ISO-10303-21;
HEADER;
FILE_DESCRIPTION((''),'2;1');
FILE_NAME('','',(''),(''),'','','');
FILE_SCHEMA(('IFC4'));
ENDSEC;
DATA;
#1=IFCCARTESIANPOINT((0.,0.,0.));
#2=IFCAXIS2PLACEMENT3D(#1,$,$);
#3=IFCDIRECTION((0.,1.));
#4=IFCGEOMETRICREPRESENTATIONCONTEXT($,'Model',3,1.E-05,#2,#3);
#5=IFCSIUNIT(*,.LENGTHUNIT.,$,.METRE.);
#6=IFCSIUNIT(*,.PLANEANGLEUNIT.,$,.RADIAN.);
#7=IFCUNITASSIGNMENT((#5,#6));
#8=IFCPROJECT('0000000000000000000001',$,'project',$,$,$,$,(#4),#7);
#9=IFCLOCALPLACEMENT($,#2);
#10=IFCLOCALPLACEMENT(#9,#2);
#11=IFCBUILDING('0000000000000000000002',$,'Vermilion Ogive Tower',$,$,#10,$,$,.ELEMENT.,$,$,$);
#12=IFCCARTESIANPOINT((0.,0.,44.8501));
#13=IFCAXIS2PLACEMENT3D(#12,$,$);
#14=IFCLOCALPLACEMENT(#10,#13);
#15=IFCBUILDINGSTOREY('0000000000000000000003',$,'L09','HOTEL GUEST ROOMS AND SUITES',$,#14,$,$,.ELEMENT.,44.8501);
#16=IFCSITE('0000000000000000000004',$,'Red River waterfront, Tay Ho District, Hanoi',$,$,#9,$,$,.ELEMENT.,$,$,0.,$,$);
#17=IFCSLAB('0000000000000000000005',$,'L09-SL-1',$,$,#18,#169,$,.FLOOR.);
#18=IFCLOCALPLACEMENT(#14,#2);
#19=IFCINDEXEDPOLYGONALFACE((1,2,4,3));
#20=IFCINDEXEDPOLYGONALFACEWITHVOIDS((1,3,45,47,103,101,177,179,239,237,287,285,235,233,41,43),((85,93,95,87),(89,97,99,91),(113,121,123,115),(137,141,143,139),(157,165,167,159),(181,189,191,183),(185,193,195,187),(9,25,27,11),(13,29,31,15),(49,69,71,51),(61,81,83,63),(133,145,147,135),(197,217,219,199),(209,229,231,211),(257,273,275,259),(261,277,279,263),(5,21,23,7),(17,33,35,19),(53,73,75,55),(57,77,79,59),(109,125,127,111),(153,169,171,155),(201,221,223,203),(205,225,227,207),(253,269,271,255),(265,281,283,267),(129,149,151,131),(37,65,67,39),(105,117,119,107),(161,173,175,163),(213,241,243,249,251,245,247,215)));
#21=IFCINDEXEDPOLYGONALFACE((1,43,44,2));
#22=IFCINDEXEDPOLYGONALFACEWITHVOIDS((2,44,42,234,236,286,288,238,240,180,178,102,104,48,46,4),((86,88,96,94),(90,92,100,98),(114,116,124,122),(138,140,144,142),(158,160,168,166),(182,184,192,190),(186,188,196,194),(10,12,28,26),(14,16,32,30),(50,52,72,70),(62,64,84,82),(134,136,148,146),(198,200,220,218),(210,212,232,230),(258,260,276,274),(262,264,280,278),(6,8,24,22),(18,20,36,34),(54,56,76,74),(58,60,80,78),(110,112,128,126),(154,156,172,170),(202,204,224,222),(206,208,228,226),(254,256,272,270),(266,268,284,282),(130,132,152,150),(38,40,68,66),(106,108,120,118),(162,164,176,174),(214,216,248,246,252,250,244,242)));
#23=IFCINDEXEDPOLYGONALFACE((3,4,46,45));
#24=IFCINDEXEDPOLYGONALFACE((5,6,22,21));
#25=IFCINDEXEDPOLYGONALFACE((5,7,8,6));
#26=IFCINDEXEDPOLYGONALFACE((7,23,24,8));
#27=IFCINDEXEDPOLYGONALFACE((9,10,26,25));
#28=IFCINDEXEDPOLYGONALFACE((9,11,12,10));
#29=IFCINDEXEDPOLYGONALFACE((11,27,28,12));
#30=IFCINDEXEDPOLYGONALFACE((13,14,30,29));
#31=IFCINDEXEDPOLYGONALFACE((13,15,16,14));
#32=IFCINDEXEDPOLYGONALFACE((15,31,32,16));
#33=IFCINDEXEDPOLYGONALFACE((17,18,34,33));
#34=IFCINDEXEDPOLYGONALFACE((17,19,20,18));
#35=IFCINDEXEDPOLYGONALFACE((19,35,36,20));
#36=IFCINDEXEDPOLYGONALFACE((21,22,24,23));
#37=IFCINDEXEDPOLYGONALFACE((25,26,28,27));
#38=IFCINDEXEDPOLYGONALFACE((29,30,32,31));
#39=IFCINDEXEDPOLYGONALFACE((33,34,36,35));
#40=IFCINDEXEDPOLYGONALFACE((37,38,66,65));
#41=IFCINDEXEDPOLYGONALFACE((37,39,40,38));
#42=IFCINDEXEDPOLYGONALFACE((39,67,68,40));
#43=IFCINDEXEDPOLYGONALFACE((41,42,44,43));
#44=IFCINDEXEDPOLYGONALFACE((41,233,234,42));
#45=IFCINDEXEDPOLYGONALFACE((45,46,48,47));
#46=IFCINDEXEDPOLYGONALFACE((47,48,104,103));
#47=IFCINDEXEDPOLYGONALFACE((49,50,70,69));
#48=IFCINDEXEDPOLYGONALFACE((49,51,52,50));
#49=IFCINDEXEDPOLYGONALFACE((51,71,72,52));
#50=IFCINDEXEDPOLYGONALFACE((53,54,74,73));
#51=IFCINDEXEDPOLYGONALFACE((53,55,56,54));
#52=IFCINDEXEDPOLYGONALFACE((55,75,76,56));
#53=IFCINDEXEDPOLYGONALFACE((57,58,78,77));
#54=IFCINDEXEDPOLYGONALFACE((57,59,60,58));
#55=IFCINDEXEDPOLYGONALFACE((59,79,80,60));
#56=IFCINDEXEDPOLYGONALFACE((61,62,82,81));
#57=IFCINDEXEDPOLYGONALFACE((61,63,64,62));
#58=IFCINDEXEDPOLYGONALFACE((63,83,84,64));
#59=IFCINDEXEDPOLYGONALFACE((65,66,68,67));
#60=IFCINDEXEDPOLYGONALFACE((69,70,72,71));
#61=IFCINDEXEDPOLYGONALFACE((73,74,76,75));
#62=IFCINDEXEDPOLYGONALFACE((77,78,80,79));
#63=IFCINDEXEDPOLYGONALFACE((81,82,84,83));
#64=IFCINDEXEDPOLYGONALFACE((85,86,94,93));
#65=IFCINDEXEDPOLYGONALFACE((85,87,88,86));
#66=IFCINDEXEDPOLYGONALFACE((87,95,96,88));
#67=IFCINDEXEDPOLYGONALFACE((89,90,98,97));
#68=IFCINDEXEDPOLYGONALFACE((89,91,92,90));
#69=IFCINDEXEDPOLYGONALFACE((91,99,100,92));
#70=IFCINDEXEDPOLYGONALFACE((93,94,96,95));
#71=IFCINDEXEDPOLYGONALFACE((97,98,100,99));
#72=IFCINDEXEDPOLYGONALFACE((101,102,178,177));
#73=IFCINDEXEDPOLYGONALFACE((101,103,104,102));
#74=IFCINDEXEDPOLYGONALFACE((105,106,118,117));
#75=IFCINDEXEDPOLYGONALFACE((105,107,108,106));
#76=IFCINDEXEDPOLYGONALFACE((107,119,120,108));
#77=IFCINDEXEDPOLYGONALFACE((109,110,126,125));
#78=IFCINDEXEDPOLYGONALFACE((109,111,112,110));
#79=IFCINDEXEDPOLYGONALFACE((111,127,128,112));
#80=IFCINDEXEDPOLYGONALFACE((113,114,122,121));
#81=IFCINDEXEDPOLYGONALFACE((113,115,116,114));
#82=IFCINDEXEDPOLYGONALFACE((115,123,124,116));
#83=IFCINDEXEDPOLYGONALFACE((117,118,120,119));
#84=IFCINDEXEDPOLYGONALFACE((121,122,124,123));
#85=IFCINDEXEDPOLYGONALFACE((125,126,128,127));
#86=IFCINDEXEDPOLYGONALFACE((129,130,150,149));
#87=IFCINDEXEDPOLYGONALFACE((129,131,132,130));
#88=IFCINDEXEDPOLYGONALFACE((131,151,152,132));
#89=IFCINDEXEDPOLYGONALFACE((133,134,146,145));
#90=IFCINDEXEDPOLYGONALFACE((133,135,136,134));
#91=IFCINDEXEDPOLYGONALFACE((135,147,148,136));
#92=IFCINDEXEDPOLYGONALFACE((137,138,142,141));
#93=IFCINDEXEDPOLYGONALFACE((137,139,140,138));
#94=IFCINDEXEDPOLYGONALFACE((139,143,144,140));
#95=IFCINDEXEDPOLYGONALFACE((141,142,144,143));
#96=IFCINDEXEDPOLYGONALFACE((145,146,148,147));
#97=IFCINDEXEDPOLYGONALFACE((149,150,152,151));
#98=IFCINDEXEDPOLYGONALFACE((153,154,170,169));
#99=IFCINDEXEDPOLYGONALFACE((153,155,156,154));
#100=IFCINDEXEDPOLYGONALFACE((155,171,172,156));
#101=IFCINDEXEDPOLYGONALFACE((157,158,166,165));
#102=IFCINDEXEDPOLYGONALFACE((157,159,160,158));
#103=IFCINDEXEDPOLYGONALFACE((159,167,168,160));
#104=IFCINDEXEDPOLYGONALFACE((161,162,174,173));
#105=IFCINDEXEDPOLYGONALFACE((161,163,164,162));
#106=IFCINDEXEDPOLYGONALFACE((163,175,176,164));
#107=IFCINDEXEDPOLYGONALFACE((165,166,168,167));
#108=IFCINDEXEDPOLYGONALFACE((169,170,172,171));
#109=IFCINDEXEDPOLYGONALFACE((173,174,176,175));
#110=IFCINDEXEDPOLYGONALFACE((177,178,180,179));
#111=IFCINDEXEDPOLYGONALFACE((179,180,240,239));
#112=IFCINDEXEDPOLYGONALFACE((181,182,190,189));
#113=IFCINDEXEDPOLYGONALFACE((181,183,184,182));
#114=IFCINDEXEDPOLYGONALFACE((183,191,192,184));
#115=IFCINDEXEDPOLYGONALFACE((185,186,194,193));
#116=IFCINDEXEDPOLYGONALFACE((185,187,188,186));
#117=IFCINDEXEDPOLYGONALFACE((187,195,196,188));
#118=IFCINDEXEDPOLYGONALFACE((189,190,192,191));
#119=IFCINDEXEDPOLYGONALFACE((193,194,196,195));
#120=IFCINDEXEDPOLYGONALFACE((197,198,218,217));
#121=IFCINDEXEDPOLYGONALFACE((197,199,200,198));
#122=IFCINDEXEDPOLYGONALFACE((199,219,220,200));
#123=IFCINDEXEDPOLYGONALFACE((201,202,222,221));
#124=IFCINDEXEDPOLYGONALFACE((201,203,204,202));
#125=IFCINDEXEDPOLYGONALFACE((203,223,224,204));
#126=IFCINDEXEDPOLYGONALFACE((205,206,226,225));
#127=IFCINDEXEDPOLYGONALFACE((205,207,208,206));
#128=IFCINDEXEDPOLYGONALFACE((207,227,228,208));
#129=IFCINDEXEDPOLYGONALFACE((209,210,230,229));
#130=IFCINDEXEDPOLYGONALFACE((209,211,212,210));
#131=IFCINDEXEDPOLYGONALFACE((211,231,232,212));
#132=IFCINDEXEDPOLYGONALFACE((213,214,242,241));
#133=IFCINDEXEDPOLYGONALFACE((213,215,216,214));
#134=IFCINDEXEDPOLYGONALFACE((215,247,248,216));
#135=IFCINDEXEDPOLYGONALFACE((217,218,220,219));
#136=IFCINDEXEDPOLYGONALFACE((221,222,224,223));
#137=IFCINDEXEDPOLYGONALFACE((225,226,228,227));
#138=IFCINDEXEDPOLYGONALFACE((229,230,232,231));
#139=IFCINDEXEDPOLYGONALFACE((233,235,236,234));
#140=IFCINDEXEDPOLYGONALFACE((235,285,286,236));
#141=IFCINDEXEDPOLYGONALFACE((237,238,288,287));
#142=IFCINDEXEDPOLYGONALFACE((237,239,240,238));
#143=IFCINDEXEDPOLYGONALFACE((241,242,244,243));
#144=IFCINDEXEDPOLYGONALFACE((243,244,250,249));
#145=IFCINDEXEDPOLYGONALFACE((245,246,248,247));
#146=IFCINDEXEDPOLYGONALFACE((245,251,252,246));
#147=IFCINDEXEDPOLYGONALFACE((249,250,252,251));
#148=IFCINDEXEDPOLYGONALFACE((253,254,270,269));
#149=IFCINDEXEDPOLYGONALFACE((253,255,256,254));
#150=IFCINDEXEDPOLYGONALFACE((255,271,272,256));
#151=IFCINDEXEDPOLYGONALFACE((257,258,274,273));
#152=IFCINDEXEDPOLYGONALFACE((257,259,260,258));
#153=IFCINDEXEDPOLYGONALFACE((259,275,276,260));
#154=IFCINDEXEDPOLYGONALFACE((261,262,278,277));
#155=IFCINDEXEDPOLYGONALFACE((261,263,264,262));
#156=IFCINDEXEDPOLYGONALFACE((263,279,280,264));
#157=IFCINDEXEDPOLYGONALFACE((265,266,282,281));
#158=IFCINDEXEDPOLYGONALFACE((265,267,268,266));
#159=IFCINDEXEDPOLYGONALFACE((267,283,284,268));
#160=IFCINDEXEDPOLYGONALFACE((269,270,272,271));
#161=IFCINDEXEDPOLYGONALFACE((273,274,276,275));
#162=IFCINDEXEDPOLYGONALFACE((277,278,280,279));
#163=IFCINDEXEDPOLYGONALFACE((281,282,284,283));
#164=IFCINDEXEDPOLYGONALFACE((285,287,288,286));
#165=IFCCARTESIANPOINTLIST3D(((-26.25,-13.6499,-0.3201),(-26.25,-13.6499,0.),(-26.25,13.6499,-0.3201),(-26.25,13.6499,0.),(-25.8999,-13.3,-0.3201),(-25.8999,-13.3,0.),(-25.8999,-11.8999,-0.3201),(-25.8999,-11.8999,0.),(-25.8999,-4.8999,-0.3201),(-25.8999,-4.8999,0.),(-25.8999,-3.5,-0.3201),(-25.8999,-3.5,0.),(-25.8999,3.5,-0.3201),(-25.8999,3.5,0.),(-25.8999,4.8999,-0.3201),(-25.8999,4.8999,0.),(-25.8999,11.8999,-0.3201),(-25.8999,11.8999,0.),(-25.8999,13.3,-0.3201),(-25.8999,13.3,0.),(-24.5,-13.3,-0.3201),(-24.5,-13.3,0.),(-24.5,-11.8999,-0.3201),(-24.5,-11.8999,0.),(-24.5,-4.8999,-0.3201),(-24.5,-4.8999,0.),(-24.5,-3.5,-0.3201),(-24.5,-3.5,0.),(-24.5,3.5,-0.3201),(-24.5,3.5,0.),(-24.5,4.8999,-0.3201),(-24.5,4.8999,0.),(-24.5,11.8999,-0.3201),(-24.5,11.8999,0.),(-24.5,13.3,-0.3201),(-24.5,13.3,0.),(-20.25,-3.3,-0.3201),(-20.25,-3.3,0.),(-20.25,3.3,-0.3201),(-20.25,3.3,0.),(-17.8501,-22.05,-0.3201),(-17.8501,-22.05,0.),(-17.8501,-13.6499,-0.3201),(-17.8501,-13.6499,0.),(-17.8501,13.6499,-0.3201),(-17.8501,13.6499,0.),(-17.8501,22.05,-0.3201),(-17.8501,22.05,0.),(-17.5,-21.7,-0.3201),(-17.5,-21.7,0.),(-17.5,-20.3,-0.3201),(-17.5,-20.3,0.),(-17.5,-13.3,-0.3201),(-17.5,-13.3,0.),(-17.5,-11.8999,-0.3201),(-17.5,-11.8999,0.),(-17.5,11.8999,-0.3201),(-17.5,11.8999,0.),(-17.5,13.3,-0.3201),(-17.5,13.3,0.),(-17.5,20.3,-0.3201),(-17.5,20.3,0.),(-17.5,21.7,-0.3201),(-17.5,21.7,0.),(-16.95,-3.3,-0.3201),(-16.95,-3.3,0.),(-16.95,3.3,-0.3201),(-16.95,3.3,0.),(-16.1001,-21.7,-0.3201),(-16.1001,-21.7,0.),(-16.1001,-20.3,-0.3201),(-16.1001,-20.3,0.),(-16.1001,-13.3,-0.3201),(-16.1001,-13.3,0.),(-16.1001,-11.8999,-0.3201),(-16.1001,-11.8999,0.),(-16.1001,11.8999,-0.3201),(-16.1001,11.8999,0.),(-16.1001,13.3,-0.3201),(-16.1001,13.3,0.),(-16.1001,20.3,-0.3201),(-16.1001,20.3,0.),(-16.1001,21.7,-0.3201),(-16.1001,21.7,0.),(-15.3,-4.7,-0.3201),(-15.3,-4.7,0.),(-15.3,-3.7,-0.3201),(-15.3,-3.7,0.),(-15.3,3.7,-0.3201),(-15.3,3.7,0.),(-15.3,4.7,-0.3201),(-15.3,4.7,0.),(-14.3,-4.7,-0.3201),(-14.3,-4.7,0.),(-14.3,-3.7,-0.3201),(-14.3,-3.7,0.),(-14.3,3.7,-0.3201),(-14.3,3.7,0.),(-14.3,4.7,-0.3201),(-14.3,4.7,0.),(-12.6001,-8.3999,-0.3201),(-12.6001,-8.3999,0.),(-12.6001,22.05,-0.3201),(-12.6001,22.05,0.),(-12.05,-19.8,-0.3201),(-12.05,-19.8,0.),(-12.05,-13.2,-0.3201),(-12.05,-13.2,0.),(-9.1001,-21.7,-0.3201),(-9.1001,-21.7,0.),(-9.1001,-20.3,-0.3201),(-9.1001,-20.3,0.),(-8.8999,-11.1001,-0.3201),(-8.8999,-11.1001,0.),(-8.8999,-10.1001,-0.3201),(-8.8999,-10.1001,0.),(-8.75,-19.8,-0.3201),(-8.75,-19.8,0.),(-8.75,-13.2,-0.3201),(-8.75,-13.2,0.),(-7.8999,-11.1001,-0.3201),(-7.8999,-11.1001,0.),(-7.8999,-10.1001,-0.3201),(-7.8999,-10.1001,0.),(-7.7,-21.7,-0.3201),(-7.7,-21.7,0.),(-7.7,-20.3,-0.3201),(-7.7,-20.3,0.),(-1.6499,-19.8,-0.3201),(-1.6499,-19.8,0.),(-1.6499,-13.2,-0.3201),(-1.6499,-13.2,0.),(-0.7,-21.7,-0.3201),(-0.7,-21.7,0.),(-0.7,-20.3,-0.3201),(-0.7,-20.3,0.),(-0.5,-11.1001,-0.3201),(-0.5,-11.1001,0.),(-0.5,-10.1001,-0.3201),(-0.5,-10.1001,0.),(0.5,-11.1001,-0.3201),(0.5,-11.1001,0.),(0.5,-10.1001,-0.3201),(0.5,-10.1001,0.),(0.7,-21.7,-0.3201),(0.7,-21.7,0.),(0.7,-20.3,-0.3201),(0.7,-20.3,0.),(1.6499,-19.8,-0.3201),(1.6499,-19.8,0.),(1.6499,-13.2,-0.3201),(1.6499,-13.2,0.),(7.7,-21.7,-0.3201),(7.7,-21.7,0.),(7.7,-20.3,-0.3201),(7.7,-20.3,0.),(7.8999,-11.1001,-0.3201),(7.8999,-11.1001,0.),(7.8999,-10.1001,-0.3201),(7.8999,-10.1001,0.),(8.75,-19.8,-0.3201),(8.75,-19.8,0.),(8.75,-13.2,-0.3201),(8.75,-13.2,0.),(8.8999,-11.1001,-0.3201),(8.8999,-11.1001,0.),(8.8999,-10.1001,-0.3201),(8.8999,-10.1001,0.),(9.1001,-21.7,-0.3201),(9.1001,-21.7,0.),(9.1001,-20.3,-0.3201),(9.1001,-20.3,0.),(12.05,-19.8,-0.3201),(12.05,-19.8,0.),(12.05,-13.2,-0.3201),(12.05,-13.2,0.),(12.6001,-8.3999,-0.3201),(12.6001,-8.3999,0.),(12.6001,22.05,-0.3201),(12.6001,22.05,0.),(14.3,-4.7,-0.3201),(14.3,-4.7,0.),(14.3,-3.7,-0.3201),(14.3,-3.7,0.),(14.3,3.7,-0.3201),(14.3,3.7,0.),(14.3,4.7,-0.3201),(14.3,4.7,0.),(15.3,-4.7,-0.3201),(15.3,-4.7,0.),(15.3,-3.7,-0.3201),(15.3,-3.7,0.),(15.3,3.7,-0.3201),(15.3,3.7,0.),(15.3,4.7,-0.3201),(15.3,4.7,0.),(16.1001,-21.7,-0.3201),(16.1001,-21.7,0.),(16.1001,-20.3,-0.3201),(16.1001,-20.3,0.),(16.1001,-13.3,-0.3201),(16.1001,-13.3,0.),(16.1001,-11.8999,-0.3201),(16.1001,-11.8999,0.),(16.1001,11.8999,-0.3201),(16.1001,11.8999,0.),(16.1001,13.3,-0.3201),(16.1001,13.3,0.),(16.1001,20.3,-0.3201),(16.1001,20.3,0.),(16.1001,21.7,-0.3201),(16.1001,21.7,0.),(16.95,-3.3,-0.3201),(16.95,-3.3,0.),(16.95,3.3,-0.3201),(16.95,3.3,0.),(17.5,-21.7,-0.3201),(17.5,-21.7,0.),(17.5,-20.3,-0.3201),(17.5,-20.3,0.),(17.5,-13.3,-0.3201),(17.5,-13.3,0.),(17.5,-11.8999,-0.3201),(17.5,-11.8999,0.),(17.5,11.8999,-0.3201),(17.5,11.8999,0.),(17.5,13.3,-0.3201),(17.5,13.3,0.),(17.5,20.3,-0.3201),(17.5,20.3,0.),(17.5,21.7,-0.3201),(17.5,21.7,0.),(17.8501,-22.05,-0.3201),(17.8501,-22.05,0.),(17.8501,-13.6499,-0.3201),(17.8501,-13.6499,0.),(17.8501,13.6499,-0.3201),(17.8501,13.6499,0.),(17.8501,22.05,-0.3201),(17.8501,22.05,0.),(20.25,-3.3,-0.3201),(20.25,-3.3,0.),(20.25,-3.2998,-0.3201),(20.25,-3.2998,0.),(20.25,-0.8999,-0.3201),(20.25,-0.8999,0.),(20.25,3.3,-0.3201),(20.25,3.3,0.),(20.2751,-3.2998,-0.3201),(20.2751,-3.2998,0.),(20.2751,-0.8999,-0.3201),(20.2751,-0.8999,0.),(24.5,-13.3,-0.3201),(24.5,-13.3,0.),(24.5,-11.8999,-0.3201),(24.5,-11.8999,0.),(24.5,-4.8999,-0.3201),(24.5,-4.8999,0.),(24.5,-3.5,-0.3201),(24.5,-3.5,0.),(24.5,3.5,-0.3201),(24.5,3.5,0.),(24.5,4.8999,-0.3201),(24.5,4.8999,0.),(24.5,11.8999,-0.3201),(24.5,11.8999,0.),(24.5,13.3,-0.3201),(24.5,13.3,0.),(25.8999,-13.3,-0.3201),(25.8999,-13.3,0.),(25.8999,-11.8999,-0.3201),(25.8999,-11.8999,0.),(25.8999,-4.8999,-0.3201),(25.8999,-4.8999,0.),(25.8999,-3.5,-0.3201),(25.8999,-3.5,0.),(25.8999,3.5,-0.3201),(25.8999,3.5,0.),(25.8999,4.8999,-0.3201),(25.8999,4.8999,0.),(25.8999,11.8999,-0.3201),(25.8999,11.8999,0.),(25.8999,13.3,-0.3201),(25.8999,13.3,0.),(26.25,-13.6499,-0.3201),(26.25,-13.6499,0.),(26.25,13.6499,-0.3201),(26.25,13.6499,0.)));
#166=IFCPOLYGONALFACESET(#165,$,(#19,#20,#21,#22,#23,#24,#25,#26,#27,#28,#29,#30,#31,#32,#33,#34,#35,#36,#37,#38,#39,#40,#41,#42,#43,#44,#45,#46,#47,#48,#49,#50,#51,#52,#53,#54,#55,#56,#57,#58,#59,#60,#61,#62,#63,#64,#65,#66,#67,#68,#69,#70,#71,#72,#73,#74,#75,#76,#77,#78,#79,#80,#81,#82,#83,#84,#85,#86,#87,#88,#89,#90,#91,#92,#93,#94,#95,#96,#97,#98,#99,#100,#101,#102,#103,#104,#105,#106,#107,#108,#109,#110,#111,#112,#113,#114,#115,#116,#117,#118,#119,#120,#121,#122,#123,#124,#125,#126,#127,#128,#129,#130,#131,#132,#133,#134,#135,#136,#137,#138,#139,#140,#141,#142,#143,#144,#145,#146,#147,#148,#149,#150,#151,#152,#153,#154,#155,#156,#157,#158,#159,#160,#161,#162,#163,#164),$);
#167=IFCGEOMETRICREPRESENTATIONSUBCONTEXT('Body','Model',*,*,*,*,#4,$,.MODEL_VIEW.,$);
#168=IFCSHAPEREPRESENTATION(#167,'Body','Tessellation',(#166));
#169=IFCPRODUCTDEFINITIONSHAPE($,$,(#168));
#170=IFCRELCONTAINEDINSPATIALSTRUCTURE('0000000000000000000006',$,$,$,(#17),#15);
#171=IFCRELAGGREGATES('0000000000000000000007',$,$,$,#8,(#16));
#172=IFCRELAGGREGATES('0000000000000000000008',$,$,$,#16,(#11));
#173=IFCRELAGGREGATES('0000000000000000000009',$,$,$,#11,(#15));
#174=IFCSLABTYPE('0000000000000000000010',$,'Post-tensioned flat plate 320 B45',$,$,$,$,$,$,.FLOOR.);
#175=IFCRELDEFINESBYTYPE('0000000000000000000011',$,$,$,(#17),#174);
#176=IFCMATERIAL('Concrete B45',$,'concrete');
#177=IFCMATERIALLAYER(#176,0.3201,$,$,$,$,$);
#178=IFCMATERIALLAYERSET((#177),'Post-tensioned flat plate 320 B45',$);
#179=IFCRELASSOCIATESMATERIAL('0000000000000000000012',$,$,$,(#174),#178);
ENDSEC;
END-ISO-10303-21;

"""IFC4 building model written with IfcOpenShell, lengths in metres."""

from ifc_helpers import new_model, si_unit, direction, frame, origin, place, context, subcontext, project, spatial, polyline, outline, extrude, material, layer, layer_set, type_object, element, save


model = new_model("IFC4")

# Units and contexts
model_context = context("Model", 3, precision=1e-05, world=origin(), true_north=direction((0.0, 1.0)))
body_context = subcontext(model_context, "Body", "Model", "MODEL_VIEW")
ifc_project = project(units=[si_unit("LENGTHUNIT", "METRE"), si_unit("PLANEANGLEUNIT", "RADIAN")], contexts=[model_context])

# Site, building, storey
site_placement = place(None, origin())
site = spatial("IfcSite", under=ifc_project, at=site_placement, Name="Red River waterfront, Tay Ho District, Hanoi", CompositionType="ELEMENT", RefElevation=0.0)
building_placement = place(site_placement, origin())
building = spatial("IfcBuilding", under=site, at=building_placement, Name="Vermilion Ogive Tower", CompositionType="ELEMENT")
storey_placement = place(building_placement, frame((0.0, 0.0, 44.8501)))
storey = spatial("IfcBuildingStorey", under=building, at=storey_placement, Name="L09", Description="HOTEL GUEST ROOMS AND SUITES", CompositionType="ELEMENT", Elevation=44.8501)

# Slab
ifc_material_1 = material(Name="Concrete B45", Category="concrete")
ifc_layer_1 = layer(ifc_material_1, 0.3201)
ifc_layer_set_1 = layer_set([ifc_layer_1], Name="Post-tensioned flat plate 320 B45")
slab_type = type_object("IfcSlabType", Name="Post-tensioned flat plate 320 B45", PredefinedType="FLOOR", material=ifc_layer_set_1)
slab_placement = place(storey_placement, frame((0.0, 0.0, -0.3201)))
element("IfcSlab", 1, at=slab_placement, inside=storey, type_object=slab_type, Name="L09-SL-1", PredefinedType="FLOOR", context=body_context, shape_type="SweptSolid", body=[
    extrude(outline(polyline([(-26.25, -13.6499), (-17.8501, -13.6499), (-17.8501, -22.05), (17.8501, -22.05), (17.8501, -13.6499), (26.25, -13.6499), (26.25, 13.6499), (17.8501, 13.6499), (17.8501, 22.05), (12.6001, 22.05), (12.6001, -8.3999), (-12.6001, -8.3999), (-12.6001, 22.05), (-17.8501, 22.05), (-17.8501, 13.6499), (-26.25, 13.6499), (-26.25, -13.6499)]), holes=[polyline([(25.8999, -3.5), (25.8999, -4.8999), (24.5, -4.8999), (24.5, -3.5), (25.8999, -3.5)]), polyline([(25.8999, -11.8999), (25.8999, -13.3), (24.5, -13.3), (24.5, -11.8999), (25.8999, -11.8999)]), polyline([(25.8999, 11.8999), (24.5, 11.8999), (24.5, 13.3), (25.8999, 13.3), (25.8999, 11.8999)]), polyline([(25.8999, 3.5), (24.5, 3.5), (24.5, 4.8999), (25.8999, 4.8999), (25.8999, 3.5)]), polyline([(20.25, -3.2998), (20.25, -3.3), (16.95, -3.3), (16.95, 3.3), (20.25, 3.3), (20.25, -0.8999), (20.2751, -0.8999), (20.2751, -3.2998), (20.25, -3.2998)]), polyline([(17.5, -11.8999), (17.5, -13.3), (16.1001, -13.3), (16.1001, -11.8999), (17.5, -11.8999)]), polyline([(17.5, 20.3), (16.1001, 20.3), (16.1001, 21.7), (17.5, 21.7), (17.5, 20.3)]), polyline([(17.5, -20.3), (17.5, -21.7), (16.1001, -21.7), (16.1001, -20.3), (17.5, -20.3)]), polyline([(17.5, 13.3), (17.5, 11.8999), (16.1001, 11.8999), (16.1001, 13.3), (17.5, 13.3)]), polyline([(15.3, 4.7), (15.3, 3.7), (14.3, 3.7), (14.3, 4.7), (15.3, 4.7)]), polyline([(15.3, -4.7), (14.3, -4.7), (14.3, -3.7), (15.3, -3.7), (15.3, -4.7)]), polyline([(12.05, -13.2), (12.05, -19.8), (8.75, -19.8), (8.75, -13.2), (12.05, -13.2)]), polyline([(9.1001, -20.3), (9.1001, -21.7), (7.7, -21.7), (7.7, -20.3), (9.1001, -20.3)]), polyline([(8.8999, -11.1001), (7.8999, -11.1001), (7.8999, -10.1001), (8.8999, -10.1001), (8.8999, -11.1001)]), polyline([(1.6499, -13.2), (1.6499, -19.8), (-1.6499, -19.8), (-1.6499, -13.2), (1.6499, -13.2)]), polyline([(0.7, -20.3), (0.7, -21.7), (-0.7, -21.7), (-0.7, -20.3), (0.7, -20.3)]), polyline([(0.5, -10.1001), (0.5, -11.1001), (-0.5, -11.1001), (-0.5, -10.1001), (0.5, -10.1001)]), polyline([(-7.7, -20.3), (-7.7, -21.7), (-9.1001, -21.7), (-9.1001, -20.3), (-7.7, -20.3)]), polyline([(-7.8999, -10.1001), (-7.8999, -11.1001), (-8.8999, -11.1001), (-8.8999, -10.1001), (-7.8999, -10.1001)]), polyline([(-8.75, -13.2), (-8.75, -19.8), (-12.05, -19.8), (-12.05, -13.2), (-8.75, -13.2)]), polyline([(-14.3, 4.7), (-14.3, 3.7), (-15.3, 3.7), (-15.3, 4.7), (-14.3, 4.7)]), polyline([(-14.3, -4.7), (-15.3, -4.7), (-15.3, -3.7), (-14.3, -3.7), (-14.3, -4.7)]), polyline([(-16.1001, 13.3), (-16.1001, 11.8999), (-17.5, 11.8999), (-17.5, 13.3), (-16.1001, 13.3)]), polyline([(-16.1001, -11.8999), (-16.1001, -13.3), (-17.5, -13.3), (-17.5, -11.8999), (-16.1001, -11.8999)]), polyline([(-16.1001, -20.3), (-16.1001, -21.7), (-17.5, -21.7), (-17.5, -20.3), (-16.1001, -20.3)]), polyline([(-16.1001, 20.3), (-17.5, 20.3), (-17.5, 21.7), (-16.1001, 21.7), (-16.1001, 20.3)]), polyline([(-16.95, 3.3), (-16.95, -3.3), (-20.25, -3.3), (-20.25, 3.3), (-16.95, 3.3)]), polyline([(-24.5, 3.5), (-25.8999, 3.5), (-25.8999, 4.8999), (-24.5, 4.8999), (-24.5, 3.5)]), polyline([(-24.5, 13.3), (-24.5, 11.8999), (-25.8999, 11.8999), (-25.8999, 13.3), (-24.5, 13.3)]), polyline([(-24.5, -3.5), (-24.5, -4.8999), (-25.8999, -4.8999), (-25.8999, -3.5), (-24.5, -3.5)]), polyline([(-24.5, -11.8999), (-24.5, -13.3), (-25.8999, -13.3), (-25.8999, -11.8999), (-24.5, -11.8999)])]), origin(), (0.0, 0.0, 1.0), 0.3201),
])

save(model, "model.ifc")
